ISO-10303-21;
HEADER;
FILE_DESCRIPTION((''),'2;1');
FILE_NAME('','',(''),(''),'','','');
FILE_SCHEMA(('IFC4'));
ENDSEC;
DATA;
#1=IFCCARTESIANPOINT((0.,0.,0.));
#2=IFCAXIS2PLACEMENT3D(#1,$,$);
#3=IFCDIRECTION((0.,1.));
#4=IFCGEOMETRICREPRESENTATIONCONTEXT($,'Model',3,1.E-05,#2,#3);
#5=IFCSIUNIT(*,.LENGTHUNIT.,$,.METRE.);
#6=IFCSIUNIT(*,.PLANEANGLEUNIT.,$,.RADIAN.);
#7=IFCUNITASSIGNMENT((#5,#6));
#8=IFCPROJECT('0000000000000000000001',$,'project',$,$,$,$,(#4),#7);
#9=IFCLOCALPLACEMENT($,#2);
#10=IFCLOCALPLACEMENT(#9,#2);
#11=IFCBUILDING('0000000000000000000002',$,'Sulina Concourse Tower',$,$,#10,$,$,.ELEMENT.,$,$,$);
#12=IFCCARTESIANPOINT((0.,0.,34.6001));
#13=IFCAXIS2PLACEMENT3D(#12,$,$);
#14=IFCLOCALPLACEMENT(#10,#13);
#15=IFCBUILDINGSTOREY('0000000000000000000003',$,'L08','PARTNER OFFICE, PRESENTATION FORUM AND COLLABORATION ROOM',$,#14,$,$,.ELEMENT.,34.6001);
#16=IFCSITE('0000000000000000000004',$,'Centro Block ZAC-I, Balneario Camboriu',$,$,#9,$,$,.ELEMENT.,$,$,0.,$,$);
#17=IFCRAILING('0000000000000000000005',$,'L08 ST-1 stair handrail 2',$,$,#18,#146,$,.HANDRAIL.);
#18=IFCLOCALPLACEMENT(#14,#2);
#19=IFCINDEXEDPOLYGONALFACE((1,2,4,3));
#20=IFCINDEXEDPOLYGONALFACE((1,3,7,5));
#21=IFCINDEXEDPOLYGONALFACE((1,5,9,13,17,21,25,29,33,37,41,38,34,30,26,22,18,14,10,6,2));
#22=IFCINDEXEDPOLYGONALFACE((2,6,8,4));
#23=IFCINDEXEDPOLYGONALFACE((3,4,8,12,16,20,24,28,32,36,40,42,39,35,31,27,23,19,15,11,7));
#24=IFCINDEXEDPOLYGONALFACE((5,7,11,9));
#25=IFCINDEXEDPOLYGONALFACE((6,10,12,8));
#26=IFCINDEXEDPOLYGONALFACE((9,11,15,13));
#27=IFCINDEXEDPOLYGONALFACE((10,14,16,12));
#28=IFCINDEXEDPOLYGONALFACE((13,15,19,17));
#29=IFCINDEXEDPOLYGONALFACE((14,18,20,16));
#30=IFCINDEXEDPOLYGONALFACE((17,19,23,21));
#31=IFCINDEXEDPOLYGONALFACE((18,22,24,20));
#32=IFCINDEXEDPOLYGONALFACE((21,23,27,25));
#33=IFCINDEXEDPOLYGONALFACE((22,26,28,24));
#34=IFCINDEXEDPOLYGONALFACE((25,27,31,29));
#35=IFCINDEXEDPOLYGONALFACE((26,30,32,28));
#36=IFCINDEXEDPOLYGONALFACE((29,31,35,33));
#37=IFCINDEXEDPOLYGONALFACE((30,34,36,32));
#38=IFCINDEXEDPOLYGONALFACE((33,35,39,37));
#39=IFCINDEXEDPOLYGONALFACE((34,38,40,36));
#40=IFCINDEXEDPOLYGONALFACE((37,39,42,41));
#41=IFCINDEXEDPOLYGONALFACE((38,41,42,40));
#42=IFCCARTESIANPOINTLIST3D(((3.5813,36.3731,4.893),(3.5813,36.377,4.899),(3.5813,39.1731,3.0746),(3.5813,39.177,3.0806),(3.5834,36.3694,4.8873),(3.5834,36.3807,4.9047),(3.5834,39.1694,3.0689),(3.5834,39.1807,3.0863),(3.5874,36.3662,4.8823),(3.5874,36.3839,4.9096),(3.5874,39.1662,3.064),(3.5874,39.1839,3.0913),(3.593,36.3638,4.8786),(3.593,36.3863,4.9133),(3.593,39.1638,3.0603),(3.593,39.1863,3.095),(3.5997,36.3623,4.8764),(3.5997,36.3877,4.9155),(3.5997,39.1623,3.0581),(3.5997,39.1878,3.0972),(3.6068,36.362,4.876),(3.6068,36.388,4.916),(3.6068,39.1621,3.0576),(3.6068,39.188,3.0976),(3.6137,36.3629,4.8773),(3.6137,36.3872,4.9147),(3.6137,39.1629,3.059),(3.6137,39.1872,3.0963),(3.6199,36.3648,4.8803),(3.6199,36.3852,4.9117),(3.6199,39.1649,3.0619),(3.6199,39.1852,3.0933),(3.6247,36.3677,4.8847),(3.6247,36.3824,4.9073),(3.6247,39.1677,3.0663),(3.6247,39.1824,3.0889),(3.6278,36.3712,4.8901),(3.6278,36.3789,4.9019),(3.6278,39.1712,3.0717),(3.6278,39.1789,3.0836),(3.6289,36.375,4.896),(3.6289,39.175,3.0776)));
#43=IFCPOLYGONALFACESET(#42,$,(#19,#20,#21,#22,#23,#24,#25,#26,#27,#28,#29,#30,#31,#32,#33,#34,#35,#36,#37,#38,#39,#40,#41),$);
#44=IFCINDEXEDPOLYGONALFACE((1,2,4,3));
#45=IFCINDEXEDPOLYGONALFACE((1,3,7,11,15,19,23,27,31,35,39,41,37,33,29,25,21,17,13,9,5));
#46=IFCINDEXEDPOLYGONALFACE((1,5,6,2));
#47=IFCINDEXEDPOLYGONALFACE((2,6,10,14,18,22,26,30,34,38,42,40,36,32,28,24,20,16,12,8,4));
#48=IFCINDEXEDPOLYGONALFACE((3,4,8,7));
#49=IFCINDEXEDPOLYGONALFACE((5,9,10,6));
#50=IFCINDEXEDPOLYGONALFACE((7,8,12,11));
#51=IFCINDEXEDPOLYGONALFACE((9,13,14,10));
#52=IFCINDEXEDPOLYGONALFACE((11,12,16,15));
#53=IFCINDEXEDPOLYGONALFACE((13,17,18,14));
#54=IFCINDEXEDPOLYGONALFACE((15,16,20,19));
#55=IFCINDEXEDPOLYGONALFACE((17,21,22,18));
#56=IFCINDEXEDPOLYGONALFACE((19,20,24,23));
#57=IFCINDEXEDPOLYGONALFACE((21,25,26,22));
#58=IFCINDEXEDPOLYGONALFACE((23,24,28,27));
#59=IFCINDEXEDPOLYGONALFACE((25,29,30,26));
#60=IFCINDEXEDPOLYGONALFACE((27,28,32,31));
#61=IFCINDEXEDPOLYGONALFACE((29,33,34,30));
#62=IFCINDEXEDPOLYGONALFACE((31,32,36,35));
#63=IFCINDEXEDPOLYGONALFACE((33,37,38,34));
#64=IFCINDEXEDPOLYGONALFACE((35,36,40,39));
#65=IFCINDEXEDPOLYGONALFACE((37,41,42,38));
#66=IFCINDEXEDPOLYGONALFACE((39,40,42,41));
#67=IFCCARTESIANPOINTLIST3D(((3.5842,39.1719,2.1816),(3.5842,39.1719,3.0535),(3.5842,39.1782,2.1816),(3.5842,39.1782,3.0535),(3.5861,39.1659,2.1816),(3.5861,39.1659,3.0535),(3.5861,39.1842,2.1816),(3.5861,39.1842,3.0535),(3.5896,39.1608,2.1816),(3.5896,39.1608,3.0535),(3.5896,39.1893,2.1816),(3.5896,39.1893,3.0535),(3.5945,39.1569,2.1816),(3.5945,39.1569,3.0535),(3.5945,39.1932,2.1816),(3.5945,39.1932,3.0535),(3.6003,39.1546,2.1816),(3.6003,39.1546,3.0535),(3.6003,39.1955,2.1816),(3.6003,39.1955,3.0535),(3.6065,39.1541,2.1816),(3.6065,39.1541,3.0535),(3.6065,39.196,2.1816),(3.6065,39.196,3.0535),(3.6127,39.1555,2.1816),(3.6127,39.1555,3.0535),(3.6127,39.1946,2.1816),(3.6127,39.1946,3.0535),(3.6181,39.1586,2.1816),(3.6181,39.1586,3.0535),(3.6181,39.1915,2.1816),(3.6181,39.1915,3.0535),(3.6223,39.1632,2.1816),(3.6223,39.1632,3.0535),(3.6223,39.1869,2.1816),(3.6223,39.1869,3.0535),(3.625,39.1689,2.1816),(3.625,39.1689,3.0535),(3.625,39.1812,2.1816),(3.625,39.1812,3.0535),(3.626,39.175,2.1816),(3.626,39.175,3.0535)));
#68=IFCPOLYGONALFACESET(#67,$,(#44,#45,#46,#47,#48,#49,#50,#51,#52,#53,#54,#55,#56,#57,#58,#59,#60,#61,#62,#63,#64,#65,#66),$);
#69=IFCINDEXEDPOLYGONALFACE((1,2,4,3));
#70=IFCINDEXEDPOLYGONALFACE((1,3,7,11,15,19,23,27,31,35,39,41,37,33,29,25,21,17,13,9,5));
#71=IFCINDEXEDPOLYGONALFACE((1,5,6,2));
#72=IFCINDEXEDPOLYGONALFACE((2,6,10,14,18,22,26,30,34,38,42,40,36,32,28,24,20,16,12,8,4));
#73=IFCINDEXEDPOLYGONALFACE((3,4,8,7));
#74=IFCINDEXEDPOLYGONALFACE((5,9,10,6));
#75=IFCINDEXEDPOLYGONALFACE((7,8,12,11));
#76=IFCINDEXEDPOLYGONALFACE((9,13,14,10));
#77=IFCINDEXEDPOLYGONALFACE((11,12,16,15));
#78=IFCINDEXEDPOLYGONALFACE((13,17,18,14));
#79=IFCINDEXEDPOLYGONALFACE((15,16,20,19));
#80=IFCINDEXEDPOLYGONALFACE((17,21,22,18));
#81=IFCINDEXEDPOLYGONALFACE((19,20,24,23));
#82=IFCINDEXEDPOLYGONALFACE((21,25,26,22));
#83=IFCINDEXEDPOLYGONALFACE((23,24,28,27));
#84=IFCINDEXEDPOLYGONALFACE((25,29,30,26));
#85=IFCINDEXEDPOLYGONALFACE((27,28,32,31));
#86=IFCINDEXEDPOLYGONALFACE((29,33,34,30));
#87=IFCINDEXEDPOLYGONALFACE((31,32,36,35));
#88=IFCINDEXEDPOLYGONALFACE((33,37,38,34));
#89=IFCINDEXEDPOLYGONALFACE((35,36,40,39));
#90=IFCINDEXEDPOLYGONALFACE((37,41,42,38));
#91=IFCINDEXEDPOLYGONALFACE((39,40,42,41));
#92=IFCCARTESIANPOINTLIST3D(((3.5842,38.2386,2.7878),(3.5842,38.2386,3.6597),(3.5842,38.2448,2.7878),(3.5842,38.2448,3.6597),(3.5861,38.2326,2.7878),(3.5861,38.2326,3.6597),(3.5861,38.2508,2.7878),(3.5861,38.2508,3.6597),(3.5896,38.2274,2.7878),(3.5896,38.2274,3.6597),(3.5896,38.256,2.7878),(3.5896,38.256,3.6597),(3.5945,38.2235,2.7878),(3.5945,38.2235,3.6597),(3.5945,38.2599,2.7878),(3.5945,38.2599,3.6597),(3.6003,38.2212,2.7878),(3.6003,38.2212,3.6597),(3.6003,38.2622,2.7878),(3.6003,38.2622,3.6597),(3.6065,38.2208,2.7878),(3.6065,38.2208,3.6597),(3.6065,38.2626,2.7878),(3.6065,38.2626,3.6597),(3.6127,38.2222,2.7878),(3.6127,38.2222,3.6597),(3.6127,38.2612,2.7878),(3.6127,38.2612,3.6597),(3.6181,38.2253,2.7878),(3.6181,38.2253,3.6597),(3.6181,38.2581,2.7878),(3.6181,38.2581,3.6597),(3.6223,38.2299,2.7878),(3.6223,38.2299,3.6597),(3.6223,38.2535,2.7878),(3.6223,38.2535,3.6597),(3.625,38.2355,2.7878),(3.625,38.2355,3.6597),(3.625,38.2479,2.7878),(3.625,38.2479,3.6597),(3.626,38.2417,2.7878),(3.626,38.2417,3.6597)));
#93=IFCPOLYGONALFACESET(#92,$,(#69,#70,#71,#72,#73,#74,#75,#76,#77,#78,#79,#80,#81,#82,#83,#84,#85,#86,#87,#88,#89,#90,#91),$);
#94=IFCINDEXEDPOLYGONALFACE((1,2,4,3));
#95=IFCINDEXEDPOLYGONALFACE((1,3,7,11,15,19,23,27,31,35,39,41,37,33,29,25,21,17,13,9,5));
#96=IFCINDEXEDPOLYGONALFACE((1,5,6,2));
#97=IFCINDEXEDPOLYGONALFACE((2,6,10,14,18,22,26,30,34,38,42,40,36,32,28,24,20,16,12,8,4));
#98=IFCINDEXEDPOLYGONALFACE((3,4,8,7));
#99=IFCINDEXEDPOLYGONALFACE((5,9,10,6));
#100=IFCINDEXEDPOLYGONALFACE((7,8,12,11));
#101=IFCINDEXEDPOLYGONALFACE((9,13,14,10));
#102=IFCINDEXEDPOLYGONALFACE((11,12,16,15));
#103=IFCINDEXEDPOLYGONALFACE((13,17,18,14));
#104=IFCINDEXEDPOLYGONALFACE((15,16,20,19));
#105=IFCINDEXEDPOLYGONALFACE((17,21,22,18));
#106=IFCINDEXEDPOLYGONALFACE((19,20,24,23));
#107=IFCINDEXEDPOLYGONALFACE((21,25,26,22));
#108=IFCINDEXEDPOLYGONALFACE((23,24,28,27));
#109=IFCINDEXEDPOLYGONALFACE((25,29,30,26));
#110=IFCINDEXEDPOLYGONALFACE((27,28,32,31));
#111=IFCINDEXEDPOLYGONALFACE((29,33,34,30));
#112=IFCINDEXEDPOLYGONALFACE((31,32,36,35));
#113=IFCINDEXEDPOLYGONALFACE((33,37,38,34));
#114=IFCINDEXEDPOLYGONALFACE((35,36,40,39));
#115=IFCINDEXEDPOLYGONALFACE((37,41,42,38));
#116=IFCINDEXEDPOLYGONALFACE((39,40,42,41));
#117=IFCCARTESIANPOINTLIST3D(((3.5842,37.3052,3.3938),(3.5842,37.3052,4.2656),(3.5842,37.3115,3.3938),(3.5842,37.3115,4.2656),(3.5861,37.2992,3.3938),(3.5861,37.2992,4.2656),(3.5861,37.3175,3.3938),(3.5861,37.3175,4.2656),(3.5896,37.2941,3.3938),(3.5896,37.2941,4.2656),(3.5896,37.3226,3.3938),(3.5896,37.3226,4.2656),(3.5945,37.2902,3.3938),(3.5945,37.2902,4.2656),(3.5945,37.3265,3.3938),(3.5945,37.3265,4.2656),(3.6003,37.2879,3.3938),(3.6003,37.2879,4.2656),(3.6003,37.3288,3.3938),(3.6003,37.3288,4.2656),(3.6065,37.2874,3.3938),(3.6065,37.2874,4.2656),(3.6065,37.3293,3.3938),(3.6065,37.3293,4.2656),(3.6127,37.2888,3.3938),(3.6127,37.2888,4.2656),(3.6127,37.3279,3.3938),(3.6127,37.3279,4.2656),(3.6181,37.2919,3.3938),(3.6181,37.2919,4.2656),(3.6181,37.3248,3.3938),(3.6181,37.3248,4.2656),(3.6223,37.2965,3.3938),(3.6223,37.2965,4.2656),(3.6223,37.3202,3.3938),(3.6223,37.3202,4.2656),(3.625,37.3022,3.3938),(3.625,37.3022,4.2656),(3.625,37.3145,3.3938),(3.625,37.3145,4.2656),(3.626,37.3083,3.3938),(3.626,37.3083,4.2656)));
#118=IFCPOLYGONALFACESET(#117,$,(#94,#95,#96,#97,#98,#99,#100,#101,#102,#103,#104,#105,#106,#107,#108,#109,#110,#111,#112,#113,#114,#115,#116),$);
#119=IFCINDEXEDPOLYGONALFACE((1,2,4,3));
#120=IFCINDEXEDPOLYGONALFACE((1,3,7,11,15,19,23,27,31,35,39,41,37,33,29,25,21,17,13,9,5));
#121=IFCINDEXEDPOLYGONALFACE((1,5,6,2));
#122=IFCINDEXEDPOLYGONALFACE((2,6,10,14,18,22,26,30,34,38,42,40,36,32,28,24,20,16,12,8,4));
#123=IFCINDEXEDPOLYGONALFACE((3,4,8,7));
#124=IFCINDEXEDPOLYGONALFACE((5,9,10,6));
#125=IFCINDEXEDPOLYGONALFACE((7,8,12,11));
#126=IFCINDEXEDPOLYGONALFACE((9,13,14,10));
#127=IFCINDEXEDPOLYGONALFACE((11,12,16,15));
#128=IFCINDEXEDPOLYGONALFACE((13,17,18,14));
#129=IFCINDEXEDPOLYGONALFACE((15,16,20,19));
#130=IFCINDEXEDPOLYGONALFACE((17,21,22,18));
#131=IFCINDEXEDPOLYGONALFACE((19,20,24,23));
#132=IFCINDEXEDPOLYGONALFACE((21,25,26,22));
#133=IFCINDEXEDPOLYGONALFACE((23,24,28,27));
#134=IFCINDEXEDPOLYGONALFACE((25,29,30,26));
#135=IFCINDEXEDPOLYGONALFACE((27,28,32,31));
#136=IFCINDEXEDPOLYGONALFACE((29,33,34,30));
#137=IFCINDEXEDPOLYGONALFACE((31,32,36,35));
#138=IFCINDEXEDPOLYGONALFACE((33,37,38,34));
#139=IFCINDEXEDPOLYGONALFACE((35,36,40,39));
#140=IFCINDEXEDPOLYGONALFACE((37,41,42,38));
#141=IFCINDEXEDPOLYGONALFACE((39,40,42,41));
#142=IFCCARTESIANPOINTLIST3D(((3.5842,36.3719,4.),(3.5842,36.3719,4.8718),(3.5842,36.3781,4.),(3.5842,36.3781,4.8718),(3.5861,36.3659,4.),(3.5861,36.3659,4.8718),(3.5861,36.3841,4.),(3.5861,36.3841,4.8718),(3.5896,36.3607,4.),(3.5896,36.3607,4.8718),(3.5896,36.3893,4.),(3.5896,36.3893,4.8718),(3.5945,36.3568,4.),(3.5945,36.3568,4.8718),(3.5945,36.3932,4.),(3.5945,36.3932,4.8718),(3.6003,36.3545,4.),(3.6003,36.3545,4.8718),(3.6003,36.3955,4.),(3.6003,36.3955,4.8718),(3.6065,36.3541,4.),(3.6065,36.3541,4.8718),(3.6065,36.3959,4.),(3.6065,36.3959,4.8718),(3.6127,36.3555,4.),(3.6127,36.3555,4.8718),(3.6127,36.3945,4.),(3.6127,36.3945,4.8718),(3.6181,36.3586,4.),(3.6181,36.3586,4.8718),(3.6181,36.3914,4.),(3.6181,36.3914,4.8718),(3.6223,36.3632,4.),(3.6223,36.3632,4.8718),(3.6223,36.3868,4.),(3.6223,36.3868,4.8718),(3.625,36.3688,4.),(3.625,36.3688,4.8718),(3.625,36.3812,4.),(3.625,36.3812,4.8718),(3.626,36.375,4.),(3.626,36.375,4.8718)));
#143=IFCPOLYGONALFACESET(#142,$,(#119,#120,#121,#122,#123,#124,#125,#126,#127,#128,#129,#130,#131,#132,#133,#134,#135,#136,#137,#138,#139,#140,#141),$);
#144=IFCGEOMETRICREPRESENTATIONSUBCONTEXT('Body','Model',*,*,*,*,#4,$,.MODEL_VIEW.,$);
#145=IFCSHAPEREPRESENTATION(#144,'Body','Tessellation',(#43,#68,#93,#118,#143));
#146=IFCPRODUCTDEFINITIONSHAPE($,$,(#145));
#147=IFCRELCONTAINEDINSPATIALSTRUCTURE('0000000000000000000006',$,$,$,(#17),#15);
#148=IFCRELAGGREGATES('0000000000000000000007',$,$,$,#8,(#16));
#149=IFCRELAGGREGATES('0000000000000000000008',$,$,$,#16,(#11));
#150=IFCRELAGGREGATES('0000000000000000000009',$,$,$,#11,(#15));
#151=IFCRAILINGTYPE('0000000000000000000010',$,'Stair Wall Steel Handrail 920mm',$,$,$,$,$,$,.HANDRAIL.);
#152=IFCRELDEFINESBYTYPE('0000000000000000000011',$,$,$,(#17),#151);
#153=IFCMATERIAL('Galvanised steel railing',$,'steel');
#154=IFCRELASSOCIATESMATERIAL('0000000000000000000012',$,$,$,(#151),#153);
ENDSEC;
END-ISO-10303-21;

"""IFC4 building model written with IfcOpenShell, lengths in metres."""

from ifc_helpers import new_model, si_unit, direction, frame, origin, origin_2d, place, context, subcontext, project, spatial, circle, extrude, material, type_object, element, save


model = new_model("IFC4")

# Units and contexts
model_context = context("Model", 3, precision=1e-05, world=origin(), true_north=direction((0.0, 1.0)))
body_context = subcontext(model_context, "Body", "Model", "MODEL_VIEW")
ifc_project = project(units=[si_unit("LENGTHUNIT", "METRE"), si_unit("PLANEANGLEUNIT", "RADIAN")], contexts=[model_context])

# Site, building, storey
site_placement = place(None, origin())
site = spatial("IfcSite", under=ifc_project, at=site_placement, Name="Centro Block ZAC-I, Balneario Camboriu", CompositionType="ELEMENT", RefElevation=0.0)
building_placement = place(site_placement, origin())
building = spatial("IfcBuilding", under=site, at=building_placement, Name="Sulina Concourse Tower", CompositionType="ELEMENT")
storey_placement = place(building_placement, frame((0.0, 0.0, 34.6001)))
storey = spatial("IfcBuildingStorey", under=building, at=storey_placement, Name="L08", Description="PARTNER OFFICE, PRESENTATION FORUM AND COLLABORATION ROOM", CompositionType="ELEMENT", Elevation=34.6001)

# Railing
ifc_material_1 = material(Name="Galvanised steel railing", Category="steel")
railing_type_1 = type_object("IfcRailingType", Name="Stair Wall Steel Handrail 920mm", PredefinedType="HANDRAIL", material=ifc_material_1)
railing_1_placement = place(storey_placement, frame((3.605, 39.175, 2.1816)))
element("IfcRailing", 1, at=railing_1_placement, inside=storey, type_object=railing_type_1, Name="L08 ST-1 stair handrail 2", PredefinedType="HANDRAIL", context=body_context, shape_type="SweptSolid", body=[
    extrude(circle(Radius=0.0239, at=origin_2d()), frame((0.0, 0.0, 0.896), z_axis=(0.0, -0.838672, 0.544636), x_axis=(1.0, 0.0, 0.0)), (0.0, 0.0, 1.0), 3.3386),
    extrude(circle(Radius=0.021, at=origin_2d()), origin(), (0.0, 0.0, 1.0), 0.8718),
    extrude(circle(Radius=0.021, at=origin_2d()), frame((0.0, -0.9333, 0.6062)), (0.0, 0.0, 1.0), 0.8718),
    extrude(circle(Radius=0.021, at=origin_2d()), frame((0.0, -1.8667, 1.2122)), (0.0, 0.0, 1.0), 0.8718),
    extrude(circle(Radius=0.021, at=origin_2d()), frame((0.0, -2.8, 1.8184)), (0.0, 0.0, 1.0), 0.8718),
])

save(model, "model.ifc")
